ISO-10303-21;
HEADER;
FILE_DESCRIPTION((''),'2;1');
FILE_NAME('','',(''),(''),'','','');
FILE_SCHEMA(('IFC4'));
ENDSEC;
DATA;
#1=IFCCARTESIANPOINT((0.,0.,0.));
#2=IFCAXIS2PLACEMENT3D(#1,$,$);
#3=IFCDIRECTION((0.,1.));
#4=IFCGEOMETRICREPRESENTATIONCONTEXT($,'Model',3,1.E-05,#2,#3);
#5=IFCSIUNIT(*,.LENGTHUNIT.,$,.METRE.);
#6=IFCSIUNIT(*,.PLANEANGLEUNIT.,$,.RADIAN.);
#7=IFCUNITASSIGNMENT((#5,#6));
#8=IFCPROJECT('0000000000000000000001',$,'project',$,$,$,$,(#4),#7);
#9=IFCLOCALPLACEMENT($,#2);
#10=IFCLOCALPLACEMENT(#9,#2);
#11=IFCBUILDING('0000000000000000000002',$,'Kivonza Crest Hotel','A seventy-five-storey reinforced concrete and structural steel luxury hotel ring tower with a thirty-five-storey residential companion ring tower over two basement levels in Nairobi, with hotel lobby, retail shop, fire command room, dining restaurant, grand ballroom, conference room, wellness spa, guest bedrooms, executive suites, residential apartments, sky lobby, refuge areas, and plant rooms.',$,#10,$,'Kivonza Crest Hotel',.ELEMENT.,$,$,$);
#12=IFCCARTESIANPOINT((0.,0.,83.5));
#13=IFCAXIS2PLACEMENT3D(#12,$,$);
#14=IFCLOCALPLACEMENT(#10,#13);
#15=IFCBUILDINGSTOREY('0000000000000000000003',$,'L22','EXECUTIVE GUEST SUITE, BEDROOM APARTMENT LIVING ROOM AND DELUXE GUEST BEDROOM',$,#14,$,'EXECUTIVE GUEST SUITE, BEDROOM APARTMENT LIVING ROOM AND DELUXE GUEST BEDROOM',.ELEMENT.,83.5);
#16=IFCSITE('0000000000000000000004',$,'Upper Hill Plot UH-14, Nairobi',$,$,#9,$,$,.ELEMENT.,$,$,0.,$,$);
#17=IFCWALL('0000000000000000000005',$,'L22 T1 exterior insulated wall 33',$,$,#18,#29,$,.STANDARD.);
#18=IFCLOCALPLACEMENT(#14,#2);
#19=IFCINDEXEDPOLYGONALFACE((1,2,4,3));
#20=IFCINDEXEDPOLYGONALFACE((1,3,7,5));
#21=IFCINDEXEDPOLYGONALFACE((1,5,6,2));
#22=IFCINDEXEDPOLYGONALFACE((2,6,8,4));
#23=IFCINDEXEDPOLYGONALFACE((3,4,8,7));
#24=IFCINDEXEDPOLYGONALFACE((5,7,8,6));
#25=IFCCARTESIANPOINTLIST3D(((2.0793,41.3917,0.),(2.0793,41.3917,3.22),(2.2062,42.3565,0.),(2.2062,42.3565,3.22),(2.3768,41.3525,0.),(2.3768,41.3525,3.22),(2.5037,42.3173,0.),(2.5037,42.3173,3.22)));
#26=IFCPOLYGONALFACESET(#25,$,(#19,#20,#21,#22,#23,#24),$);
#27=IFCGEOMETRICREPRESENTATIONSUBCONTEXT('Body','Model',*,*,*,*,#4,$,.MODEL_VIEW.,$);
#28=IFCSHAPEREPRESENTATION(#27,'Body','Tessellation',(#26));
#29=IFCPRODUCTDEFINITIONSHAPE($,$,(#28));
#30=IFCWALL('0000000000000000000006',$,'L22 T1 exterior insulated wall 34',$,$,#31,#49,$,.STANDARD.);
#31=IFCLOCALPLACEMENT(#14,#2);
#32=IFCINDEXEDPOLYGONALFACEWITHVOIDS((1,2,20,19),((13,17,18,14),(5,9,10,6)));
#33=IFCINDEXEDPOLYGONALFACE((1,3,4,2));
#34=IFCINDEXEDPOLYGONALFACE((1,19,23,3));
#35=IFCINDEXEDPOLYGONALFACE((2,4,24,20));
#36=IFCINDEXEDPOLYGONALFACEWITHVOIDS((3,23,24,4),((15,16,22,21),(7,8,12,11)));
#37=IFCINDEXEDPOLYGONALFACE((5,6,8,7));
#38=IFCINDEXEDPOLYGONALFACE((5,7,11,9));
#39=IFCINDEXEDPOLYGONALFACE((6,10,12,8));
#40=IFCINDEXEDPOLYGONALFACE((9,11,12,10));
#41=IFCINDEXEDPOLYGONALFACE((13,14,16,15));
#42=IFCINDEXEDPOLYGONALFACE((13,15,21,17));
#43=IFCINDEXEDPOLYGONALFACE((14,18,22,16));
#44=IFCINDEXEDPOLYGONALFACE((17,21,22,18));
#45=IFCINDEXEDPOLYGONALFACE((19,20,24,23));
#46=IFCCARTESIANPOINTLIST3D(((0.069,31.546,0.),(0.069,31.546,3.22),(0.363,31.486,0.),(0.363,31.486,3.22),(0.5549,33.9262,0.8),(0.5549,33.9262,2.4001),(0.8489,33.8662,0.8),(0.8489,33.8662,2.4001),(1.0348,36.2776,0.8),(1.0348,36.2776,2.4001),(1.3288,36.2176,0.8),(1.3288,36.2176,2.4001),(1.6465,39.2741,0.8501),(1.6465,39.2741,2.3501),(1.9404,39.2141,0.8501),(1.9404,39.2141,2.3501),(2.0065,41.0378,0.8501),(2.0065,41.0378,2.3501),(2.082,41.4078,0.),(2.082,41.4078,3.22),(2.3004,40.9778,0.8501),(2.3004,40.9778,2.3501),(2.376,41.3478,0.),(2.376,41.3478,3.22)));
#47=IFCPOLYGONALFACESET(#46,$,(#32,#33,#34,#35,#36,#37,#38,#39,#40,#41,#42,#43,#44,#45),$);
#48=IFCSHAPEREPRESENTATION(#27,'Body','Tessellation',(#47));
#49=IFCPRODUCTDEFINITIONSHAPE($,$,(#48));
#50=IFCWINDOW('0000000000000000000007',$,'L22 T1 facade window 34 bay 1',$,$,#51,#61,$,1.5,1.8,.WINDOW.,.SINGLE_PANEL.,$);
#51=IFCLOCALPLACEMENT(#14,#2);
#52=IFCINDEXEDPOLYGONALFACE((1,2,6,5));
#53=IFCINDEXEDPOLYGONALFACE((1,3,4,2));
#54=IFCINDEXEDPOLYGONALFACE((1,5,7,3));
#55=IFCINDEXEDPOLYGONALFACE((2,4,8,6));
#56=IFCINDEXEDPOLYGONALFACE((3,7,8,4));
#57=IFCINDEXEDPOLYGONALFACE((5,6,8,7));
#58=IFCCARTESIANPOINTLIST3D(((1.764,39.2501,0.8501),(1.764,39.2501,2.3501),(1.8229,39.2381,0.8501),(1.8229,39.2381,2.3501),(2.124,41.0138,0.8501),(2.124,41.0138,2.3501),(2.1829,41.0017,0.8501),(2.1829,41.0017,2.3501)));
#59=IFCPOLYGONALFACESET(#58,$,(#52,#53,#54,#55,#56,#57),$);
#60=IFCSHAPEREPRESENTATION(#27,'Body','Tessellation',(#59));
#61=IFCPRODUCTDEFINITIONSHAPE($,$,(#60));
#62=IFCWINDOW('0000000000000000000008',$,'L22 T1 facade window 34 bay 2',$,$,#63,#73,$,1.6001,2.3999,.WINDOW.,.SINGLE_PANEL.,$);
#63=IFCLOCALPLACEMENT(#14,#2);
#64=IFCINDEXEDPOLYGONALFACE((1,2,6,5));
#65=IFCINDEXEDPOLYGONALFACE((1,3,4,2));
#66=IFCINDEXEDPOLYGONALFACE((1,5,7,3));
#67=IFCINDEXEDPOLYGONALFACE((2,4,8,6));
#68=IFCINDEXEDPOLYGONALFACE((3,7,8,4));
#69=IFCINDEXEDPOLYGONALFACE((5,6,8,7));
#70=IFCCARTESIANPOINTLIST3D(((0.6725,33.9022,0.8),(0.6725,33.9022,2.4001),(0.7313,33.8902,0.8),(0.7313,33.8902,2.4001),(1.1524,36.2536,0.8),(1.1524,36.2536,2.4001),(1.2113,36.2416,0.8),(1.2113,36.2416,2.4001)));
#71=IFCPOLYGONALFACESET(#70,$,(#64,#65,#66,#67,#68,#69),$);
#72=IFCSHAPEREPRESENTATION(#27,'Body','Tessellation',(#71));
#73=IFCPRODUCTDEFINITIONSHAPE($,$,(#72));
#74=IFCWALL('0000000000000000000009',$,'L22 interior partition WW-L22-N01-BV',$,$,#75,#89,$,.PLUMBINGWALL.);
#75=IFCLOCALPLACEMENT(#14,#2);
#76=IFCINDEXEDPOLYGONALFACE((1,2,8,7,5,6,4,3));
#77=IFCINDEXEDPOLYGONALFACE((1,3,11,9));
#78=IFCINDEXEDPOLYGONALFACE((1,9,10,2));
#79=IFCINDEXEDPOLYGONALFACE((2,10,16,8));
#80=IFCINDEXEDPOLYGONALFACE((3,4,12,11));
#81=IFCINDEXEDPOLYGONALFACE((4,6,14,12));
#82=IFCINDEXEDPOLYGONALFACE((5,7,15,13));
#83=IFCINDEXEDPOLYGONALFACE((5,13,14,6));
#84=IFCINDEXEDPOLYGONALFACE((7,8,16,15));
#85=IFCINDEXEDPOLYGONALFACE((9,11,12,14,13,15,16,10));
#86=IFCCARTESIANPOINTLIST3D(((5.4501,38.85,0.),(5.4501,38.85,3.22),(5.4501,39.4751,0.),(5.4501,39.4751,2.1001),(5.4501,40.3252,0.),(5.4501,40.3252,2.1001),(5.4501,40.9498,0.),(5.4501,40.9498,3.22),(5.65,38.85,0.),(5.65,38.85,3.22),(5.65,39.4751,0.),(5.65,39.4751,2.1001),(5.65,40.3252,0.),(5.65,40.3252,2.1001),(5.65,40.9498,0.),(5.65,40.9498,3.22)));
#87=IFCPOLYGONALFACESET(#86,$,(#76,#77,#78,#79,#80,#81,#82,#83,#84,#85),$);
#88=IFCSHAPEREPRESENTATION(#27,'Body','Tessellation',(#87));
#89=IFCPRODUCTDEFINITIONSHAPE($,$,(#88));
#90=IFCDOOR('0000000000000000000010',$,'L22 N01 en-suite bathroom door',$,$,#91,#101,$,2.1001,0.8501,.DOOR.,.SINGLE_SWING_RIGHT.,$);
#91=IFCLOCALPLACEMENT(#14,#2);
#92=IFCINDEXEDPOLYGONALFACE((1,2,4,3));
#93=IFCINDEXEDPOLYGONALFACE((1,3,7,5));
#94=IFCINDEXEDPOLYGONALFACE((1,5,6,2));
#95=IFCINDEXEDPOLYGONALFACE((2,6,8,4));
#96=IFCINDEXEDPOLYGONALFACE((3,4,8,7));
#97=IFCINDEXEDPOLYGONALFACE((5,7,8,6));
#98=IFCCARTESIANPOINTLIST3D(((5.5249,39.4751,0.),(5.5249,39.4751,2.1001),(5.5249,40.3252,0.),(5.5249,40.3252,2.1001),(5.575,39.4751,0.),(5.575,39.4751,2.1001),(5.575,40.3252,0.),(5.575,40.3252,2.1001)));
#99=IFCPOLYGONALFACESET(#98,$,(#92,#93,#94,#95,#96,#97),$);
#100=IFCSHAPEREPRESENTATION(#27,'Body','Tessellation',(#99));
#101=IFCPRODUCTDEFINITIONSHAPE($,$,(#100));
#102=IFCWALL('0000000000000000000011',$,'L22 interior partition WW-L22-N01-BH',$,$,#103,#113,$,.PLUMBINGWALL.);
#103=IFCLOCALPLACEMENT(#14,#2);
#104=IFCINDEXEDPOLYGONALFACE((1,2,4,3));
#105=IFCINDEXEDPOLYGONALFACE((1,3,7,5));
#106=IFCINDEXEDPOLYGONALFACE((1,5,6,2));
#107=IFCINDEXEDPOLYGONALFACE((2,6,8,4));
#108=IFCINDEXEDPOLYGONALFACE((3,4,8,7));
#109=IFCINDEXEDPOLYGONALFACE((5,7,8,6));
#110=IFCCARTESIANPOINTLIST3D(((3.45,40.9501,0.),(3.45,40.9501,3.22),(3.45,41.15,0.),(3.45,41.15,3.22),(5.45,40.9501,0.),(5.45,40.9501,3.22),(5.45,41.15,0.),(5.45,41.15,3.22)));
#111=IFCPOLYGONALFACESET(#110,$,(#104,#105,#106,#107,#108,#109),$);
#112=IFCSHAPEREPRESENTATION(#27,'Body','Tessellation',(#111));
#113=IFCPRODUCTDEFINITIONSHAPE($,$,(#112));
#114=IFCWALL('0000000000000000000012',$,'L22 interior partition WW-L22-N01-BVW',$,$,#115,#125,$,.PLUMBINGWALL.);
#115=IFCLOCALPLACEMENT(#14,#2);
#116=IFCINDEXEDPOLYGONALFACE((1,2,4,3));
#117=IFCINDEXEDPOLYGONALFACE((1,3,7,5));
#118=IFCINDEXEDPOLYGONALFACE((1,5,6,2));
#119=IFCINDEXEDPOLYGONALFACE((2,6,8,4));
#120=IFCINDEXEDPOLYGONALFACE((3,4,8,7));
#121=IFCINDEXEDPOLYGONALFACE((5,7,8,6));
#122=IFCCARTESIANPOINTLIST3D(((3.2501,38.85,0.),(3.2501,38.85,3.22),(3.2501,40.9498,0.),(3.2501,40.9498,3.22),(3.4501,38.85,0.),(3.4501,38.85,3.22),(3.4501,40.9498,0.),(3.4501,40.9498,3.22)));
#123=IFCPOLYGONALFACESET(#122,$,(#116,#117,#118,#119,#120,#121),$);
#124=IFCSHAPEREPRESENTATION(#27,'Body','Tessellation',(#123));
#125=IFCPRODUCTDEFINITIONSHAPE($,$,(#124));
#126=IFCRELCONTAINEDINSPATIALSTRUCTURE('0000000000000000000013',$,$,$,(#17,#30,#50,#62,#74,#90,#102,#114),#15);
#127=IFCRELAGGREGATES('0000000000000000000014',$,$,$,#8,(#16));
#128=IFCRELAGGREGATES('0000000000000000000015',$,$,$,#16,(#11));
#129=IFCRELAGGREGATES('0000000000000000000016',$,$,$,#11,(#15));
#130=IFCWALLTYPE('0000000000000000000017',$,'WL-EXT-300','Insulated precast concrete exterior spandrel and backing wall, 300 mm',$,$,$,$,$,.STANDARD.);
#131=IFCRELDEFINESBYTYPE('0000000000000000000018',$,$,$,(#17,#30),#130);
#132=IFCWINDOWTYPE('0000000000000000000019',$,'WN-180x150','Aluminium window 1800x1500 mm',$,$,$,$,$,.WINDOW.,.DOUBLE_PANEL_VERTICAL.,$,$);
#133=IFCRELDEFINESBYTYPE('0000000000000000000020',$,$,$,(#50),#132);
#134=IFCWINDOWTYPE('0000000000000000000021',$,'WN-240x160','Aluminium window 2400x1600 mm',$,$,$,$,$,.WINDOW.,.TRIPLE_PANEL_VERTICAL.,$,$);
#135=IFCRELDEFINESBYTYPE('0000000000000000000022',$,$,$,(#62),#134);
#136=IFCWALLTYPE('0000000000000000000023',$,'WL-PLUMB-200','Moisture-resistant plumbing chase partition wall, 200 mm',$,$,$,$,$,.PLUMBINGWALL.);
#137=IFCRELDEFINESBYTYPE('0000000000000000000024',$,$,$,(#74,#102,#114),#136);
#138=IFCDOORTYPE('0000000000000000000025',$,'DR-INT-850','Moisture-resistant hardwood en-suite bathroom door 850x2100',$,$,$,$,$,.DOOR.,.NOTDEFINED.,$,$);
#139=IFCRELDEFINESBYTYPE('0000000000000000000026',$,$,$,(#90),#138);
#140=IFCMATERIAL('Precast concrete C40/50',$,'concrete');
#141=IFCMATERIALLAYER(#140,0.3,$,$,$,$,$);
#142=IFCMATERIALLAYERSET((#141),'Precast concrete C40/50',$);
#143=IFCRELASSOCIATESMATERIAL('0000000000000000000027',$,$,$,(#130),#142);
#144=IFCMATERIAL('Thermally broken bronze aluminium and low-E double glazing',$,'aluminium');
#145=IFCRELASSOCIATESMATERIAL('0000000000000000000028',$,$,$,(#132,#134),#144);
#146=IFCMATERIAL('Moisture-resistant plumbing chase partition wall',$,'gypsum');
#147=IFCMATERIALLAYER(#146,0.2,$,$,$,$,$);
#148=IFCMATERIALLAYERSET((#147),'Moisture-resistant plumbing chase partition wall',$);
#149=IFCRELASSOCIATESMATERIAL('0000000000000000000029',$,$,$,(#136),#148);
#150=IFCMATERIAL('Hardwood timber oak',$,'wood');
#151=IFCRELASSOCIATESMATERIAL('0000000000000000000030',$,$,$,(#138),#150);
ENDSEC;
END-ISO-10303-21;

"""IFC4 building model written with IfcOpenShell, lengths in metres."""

from ifc_helpers import new_model, si_unit, direction, frame, frame_2d, origin, place, context, subcontext, project, spatial, rectangle, extrude, material, layer, layer_set, type_object, element, fill, save


model = new_model("IFC4")

# Units and contexts
model_context = context("Model", 3, precision=1e-05, world=origin(), true_north=direction((0.0, 1.0)))
body_context = subcontext(model_context, "Body", "Model", "MODEL_VIEW")
ifc_project = project(units=[si_unit("LENGTHUNIT", "METRE"), si_unit("PLANEANGLEUNIT", "RADIAN")], contexts=[model_context])

# Site, building, storey
site_placement = place(None, origin())
site = spatial("IfcSite", under=ifc_project, at=site_placement, Name="Upper Hill Plot UH-14, Nairobi", CompositionType="ELEMENT", RefElevation=0.0)
building_placement = place(site_placement, origin())
building = spatial("IfcBuilding", under=site, at=building_placement, Name="Kivonza Crest Hotel", Description="A seventy-five-storey reinforced concrete and structural steel luxury hotel ring tower with a thirty-five-storey residential companion ring tower over two basement levels in Nairobi, with hotel lobby, retail shop, fire command room, dining restaurant, grand ballroom, conference room, wellness spa, guest bedrooms, executive suites, residential apartments, sky lobby, refuge areas, and plant rooms.", LongName="Kivonza Crest Hotel", CompositionType="ELEMENT")
storey_placement = place(building_placement, frame((0.0, 0.0, 83.5)))
storey = spatial("IfcBuildingStorey", under=building, at=storey_placement, Name="L22", Description="EXECUTIVE GUEST SUITE, BEDROOM APARTMENT LIVING ROOM AND DELUXE GUEST BEDROOM", LongName="EXECUTIVE GUEST SUITE, BEDROOM APARTMENT LIVING ROOM AND DELUXE GUEST BEDROOM", CompositionType="ELEMENT", Elevation=83.5)

# Shared definitions
ifc_material_1 = material(Name="Hardwood timber oak", Category="wood")

# Wall
ifc_material_2 = material(Name="Precast concrete C40/50", Category="concrete")
ifc_layer_1 = layer(ifc_material_2, 0.3)
ifc_layer_set_1 = layer_set([ifc_layer_1], Name="Precast concrete C40/50")
wall_type_1 = type_object("IfcWallType", Name="WL-EXT-300", Description="Insulated precast concrete exterior spandrel and backing wall, 300 mm", PredefinedType="STANDARD", material=ifc_layer_set_1)
wall_1_placement = place(storey_placement, frame((2.355, 42.3369, 0.0), z_axis=(0.0, 0.0, 1.0), x_axis=(-0.130455, -0.991454, 0.0)))
element("IfcWall", 1, at=wall_1_placement, inside=storey, type_object=wall_type_1, Name="L22 T1 exterior insulated wall 33", PredefinedType="STANDARD", context=body_context, shape_type="SweptSolid", body=[
    extrude(rectangle(XDim=0.9731, YDim=0.3, at=frame_2d((0.4866, 0.0))), origin(), (0.0, 0.0, 1.0), 3.22),
])

# Wall, openings, windows
wall_2_placement = place(storey_placement, frame((2.229, 41.3779, 0.0), z_axis=(0.0, 0.0, 1.0), x_axis=(-0.199991, -0.979798, 0.0)))
wall_2 = element("IfcWall", 2, at=wall_2_placement, inside=storey, type_object=wall_type_1, Name="L22 T1 exterior insulated wall 34", PredefinedType="STANDARD", context=body_context, shape_type="SweptSolid", body=[
    extrude(rectangle(XDim=10.0652, YDim=0.3, at=frame_2d((5.0327, 0.0))), origin(), (0.0, 0.0, 1.0), 3.22),
])
opening_1_placement = place(wall_2_placement, frame((0.3779, 0.0, 0.8501)))
opening_1 = element("IfcOpeningElement", 3, at=opening_1_placement, cuts=wall_2, PredefinedType="OPENING", context=body_context, shape_type="SweptSolid", body=[
    extrude(rectangle(XDim=1.8, YDim=1.5, at=frame_2d((0.8999, 0.75))), frame((0.0, 0.1602, 0.0), z_axis=(0.0, -1.0, 0.0), x_axis=(1.0, 0.0, 0.0)), (0.0, 0.0, 1.0), 0.3201),
])
opening_2_placement = place(wall_2_placement, frame((5.2361, 0.0, 0.8)))
opening_2 = element("IfcOpeningElement", 4, at=opening_2_placement, cuts=wall_2, PredefinedType="OPENING", context=body_context, shape_type="SweptSolid", body=[
    extrude(rectangle(XDim=2.3999, YDim=1.6001, at=frame_2d((1.2, 0.8))), frame((0.0, 0.1602, 0.0), z_axis=(0.0, -1.0, 0.0), x_axis=(1.0, 0.0, 0.0)), (0.0, 0.0, 1.0), 0.3201),
])
ifc_material_3 = material(Name="Thermally broken bronze aluminium and low-E double glazing", Category="aluminium")
window_type_1 = type_object("IfcWindowType", Name="WN-180x150", Description="Aluminium window 1800x1500 mm", PartitioningType="DOUBLE_PANEL_VERTICAL", PredefinedType="WINDOW", material=ifc_material_3)
window_1_placement = place(opening_1_placement, origin())
window_1 = element("IfcWindow", 5, at=window_1_placement, inside=storey, type_object=window_type_1, Name="L22 T1 facade window 34 bay 1", OverallHeight=1.5, OverallWidth=1.8, PartitioningType="SINGLE_PANEL", PredefinedType="WINDOW", context=body_context, shape_type="SweptSolid", body=[
    extrude(rectangle(XDim=1.8, YDim=1.5, at=frame_2d((0.8999, 0.75))), frame((0.0, 0.03, 0.0), z_axis=(0.0, -1.0, 0.0), x_axis=(1.0, 0.0, 0.0)), (0.0, 0.0, 1.0), 0.0601),
])
fill(opening_1, window_1)
window_type_2 = type_object("IfcWindowType", Name="WN-240x160", Description="Aluminium window 2400x1600 mm", PartitioningType="TRIPLE_PANEL_VERTICAL", PredefinedType="WINDOW", material=ifc_material_3)
window_2_placement = place(opening_2_placement, origin())
window_2 = element("IfcWindow", 6, at=window_2_placement, inside=storey, type_object=window_type_2, Name="L22 T1 facade window 34 bay 2", OverallHeight=1.6001, OverallWidth=2.3999, PartitioningType="SINGLE_PANEL", PredefinedType="WINDOW", context=body_context, shape_type="SweptSolid", body=[
    extrude(rectangle(XDim=2.3999, YDim=1.6001, at=frame_2d((1.2, 0.8))), frame((0.0, 0.03, 0.0), z_axis=(0.0, -1.0, 0.0), x_axis=(1.0, 0.0, 0.0)), (0.0, 0.0, 1.0), 0.0601),
])
fill(opening_2, window_2)

# Wall, opening, door
ifc_material_4 = material(Name="Moisture-resistant plumbing chase partition wall", Category="gypsum")
ifc_layer_2 = layer(ifc_material_4, 0.2)
ifc_layer_set_2 = layer_set([ifc_layer_2], Name="Moisture-resistant plumbing chase partition wall")
wall_type_2 = type_object("IfcWallType", Name="WL-PLUMB-200", Description="Moisture-resistant plumbing chase partition wall, 200 mm", PredefinedType="PLUMBINGWALL", material=ifc_layer_set_2)
wall_3_placement = place(storey_placement, frame((5.55, 38.8501, 0.0), z_axis=(0.0, 0.0, 1.0), x_axis=(0.0, 1.0, 0.0)))
wall_3 = element("IfcWall", 7, at=wall_3_placement, inside=storey, type_object=wall_type_2, Name="L22 interior partition WW-L22-N01-BV", PredefinedType="PLUMBINGWALL", context=body_context, shape_type="SweptSolid", body=[
    extrude(rectangle(XDim=2.0999, YDim=0.2, at=frame_2d((1.0498, 0.0))), origin(), (0.0, 0.0, 1.0), 3.22),
])
opening_3_placement = place(wall_3_placement, frame((0.625, 0.0, 0.0)))
opening_3 = element("IfcOpeningElement", 8, at=opening_3_placement, cuts=wall_3, PredefinedType="OPENING", context=body_context, shape_type="SweptSolid", body=[
    extrude(rectangle(XDim=0.8501, YDim=2.1001, at=frame_2d((0.425, 1.05))), frame((0.0, 0.1099, 0.0), z_axis=(0.0, -1.0, 0.0), x_axis=(1.0, 0.0, 0.0)), (0.0, 0.0, 1.0), 0.22),
])
door_type_1 = type_object("IfcDoorType", Name="DR-INT-850", Description="Moisture-resistant hardwood en-suite bathroom door 850x2100", OperationType="NOTDEFINED", PredefinedType="DOOR", material=ifc_material_1)
door_1_placement = place(opening_3_placement, frame((0.8501, 0.0, 0.0), z_axis=(0.0, 0.0, 1.0), x_axis=(-1.0, 0.0, 0.0)))
door_1 = element("IfcDoor", 9, at=door_1_placement, inside=storey, type_object=door_type_1, Name="L22 N01 en-suite bathroom door", OperationType="SINGLE_SWING_RIGHT", OverallHeight=2.1001, OverallWidth=0.8501, PredefinedType="DOOR", context=body_context, shape_type="SweptSolid", body=[
    extrude(rectangle(XDim=0.8501, YDim=2.1001, at=frame_2d((0.425, 1.05))), frame((0.0, 0.0249, 0.0), z_axis=(0.0, -1.0, 0.0), x_axis=(1.0, 0.0, 0.0)), (0.0, 0.0, 1.0), 0.05),
])
fill(opening_3, door_1)

# Walls
wall_4_placement = place(storey_placement, frame((3.45, 41.05, 0.0), z_axis=(0.0, 0.0, 1.0), x_axis=(1.0, 0.0, 0.0)))
element("IfcWall", 10, at=wall_4_placement, inside=storey, type_object=wall_type_2, Name="L22 interior partition WW-L22-N01-BH", PredefinedType="PLUMBINGWALL", context=body_context, shape_type="SweptSolid", body=[
    extrude(rectangle(XDim=2.0, YDim=0.2, at=frame_2d((1.0, 0.0))), origin(), (0.0, 0.0, 1.0), 3.22),
])
wall_5_placement = place(storey_placement, frame((3.3501, 38.8501, 0.0), z_axis=(0.0, 0.0, 1.0), x_axis=(0.0, 1.0, 0.0)))
element("IfcWall", 11, at=wall_5_placement, inside=storey, type_object=wall_type_2, Name="L22 interior partition WW-L22-N01-BVW", PredefinedType="PLUMBINGWALL", context=body_context, shape_type="SweptSolid", body=[
    extrude(rectangle(XDim=2.0999, YDim=0.2, at=frame_2d((1.0498, 0.0))), origin(), (0.0, 0.0, 1.0), 3.22),
])

save(model, "model.ifc")
